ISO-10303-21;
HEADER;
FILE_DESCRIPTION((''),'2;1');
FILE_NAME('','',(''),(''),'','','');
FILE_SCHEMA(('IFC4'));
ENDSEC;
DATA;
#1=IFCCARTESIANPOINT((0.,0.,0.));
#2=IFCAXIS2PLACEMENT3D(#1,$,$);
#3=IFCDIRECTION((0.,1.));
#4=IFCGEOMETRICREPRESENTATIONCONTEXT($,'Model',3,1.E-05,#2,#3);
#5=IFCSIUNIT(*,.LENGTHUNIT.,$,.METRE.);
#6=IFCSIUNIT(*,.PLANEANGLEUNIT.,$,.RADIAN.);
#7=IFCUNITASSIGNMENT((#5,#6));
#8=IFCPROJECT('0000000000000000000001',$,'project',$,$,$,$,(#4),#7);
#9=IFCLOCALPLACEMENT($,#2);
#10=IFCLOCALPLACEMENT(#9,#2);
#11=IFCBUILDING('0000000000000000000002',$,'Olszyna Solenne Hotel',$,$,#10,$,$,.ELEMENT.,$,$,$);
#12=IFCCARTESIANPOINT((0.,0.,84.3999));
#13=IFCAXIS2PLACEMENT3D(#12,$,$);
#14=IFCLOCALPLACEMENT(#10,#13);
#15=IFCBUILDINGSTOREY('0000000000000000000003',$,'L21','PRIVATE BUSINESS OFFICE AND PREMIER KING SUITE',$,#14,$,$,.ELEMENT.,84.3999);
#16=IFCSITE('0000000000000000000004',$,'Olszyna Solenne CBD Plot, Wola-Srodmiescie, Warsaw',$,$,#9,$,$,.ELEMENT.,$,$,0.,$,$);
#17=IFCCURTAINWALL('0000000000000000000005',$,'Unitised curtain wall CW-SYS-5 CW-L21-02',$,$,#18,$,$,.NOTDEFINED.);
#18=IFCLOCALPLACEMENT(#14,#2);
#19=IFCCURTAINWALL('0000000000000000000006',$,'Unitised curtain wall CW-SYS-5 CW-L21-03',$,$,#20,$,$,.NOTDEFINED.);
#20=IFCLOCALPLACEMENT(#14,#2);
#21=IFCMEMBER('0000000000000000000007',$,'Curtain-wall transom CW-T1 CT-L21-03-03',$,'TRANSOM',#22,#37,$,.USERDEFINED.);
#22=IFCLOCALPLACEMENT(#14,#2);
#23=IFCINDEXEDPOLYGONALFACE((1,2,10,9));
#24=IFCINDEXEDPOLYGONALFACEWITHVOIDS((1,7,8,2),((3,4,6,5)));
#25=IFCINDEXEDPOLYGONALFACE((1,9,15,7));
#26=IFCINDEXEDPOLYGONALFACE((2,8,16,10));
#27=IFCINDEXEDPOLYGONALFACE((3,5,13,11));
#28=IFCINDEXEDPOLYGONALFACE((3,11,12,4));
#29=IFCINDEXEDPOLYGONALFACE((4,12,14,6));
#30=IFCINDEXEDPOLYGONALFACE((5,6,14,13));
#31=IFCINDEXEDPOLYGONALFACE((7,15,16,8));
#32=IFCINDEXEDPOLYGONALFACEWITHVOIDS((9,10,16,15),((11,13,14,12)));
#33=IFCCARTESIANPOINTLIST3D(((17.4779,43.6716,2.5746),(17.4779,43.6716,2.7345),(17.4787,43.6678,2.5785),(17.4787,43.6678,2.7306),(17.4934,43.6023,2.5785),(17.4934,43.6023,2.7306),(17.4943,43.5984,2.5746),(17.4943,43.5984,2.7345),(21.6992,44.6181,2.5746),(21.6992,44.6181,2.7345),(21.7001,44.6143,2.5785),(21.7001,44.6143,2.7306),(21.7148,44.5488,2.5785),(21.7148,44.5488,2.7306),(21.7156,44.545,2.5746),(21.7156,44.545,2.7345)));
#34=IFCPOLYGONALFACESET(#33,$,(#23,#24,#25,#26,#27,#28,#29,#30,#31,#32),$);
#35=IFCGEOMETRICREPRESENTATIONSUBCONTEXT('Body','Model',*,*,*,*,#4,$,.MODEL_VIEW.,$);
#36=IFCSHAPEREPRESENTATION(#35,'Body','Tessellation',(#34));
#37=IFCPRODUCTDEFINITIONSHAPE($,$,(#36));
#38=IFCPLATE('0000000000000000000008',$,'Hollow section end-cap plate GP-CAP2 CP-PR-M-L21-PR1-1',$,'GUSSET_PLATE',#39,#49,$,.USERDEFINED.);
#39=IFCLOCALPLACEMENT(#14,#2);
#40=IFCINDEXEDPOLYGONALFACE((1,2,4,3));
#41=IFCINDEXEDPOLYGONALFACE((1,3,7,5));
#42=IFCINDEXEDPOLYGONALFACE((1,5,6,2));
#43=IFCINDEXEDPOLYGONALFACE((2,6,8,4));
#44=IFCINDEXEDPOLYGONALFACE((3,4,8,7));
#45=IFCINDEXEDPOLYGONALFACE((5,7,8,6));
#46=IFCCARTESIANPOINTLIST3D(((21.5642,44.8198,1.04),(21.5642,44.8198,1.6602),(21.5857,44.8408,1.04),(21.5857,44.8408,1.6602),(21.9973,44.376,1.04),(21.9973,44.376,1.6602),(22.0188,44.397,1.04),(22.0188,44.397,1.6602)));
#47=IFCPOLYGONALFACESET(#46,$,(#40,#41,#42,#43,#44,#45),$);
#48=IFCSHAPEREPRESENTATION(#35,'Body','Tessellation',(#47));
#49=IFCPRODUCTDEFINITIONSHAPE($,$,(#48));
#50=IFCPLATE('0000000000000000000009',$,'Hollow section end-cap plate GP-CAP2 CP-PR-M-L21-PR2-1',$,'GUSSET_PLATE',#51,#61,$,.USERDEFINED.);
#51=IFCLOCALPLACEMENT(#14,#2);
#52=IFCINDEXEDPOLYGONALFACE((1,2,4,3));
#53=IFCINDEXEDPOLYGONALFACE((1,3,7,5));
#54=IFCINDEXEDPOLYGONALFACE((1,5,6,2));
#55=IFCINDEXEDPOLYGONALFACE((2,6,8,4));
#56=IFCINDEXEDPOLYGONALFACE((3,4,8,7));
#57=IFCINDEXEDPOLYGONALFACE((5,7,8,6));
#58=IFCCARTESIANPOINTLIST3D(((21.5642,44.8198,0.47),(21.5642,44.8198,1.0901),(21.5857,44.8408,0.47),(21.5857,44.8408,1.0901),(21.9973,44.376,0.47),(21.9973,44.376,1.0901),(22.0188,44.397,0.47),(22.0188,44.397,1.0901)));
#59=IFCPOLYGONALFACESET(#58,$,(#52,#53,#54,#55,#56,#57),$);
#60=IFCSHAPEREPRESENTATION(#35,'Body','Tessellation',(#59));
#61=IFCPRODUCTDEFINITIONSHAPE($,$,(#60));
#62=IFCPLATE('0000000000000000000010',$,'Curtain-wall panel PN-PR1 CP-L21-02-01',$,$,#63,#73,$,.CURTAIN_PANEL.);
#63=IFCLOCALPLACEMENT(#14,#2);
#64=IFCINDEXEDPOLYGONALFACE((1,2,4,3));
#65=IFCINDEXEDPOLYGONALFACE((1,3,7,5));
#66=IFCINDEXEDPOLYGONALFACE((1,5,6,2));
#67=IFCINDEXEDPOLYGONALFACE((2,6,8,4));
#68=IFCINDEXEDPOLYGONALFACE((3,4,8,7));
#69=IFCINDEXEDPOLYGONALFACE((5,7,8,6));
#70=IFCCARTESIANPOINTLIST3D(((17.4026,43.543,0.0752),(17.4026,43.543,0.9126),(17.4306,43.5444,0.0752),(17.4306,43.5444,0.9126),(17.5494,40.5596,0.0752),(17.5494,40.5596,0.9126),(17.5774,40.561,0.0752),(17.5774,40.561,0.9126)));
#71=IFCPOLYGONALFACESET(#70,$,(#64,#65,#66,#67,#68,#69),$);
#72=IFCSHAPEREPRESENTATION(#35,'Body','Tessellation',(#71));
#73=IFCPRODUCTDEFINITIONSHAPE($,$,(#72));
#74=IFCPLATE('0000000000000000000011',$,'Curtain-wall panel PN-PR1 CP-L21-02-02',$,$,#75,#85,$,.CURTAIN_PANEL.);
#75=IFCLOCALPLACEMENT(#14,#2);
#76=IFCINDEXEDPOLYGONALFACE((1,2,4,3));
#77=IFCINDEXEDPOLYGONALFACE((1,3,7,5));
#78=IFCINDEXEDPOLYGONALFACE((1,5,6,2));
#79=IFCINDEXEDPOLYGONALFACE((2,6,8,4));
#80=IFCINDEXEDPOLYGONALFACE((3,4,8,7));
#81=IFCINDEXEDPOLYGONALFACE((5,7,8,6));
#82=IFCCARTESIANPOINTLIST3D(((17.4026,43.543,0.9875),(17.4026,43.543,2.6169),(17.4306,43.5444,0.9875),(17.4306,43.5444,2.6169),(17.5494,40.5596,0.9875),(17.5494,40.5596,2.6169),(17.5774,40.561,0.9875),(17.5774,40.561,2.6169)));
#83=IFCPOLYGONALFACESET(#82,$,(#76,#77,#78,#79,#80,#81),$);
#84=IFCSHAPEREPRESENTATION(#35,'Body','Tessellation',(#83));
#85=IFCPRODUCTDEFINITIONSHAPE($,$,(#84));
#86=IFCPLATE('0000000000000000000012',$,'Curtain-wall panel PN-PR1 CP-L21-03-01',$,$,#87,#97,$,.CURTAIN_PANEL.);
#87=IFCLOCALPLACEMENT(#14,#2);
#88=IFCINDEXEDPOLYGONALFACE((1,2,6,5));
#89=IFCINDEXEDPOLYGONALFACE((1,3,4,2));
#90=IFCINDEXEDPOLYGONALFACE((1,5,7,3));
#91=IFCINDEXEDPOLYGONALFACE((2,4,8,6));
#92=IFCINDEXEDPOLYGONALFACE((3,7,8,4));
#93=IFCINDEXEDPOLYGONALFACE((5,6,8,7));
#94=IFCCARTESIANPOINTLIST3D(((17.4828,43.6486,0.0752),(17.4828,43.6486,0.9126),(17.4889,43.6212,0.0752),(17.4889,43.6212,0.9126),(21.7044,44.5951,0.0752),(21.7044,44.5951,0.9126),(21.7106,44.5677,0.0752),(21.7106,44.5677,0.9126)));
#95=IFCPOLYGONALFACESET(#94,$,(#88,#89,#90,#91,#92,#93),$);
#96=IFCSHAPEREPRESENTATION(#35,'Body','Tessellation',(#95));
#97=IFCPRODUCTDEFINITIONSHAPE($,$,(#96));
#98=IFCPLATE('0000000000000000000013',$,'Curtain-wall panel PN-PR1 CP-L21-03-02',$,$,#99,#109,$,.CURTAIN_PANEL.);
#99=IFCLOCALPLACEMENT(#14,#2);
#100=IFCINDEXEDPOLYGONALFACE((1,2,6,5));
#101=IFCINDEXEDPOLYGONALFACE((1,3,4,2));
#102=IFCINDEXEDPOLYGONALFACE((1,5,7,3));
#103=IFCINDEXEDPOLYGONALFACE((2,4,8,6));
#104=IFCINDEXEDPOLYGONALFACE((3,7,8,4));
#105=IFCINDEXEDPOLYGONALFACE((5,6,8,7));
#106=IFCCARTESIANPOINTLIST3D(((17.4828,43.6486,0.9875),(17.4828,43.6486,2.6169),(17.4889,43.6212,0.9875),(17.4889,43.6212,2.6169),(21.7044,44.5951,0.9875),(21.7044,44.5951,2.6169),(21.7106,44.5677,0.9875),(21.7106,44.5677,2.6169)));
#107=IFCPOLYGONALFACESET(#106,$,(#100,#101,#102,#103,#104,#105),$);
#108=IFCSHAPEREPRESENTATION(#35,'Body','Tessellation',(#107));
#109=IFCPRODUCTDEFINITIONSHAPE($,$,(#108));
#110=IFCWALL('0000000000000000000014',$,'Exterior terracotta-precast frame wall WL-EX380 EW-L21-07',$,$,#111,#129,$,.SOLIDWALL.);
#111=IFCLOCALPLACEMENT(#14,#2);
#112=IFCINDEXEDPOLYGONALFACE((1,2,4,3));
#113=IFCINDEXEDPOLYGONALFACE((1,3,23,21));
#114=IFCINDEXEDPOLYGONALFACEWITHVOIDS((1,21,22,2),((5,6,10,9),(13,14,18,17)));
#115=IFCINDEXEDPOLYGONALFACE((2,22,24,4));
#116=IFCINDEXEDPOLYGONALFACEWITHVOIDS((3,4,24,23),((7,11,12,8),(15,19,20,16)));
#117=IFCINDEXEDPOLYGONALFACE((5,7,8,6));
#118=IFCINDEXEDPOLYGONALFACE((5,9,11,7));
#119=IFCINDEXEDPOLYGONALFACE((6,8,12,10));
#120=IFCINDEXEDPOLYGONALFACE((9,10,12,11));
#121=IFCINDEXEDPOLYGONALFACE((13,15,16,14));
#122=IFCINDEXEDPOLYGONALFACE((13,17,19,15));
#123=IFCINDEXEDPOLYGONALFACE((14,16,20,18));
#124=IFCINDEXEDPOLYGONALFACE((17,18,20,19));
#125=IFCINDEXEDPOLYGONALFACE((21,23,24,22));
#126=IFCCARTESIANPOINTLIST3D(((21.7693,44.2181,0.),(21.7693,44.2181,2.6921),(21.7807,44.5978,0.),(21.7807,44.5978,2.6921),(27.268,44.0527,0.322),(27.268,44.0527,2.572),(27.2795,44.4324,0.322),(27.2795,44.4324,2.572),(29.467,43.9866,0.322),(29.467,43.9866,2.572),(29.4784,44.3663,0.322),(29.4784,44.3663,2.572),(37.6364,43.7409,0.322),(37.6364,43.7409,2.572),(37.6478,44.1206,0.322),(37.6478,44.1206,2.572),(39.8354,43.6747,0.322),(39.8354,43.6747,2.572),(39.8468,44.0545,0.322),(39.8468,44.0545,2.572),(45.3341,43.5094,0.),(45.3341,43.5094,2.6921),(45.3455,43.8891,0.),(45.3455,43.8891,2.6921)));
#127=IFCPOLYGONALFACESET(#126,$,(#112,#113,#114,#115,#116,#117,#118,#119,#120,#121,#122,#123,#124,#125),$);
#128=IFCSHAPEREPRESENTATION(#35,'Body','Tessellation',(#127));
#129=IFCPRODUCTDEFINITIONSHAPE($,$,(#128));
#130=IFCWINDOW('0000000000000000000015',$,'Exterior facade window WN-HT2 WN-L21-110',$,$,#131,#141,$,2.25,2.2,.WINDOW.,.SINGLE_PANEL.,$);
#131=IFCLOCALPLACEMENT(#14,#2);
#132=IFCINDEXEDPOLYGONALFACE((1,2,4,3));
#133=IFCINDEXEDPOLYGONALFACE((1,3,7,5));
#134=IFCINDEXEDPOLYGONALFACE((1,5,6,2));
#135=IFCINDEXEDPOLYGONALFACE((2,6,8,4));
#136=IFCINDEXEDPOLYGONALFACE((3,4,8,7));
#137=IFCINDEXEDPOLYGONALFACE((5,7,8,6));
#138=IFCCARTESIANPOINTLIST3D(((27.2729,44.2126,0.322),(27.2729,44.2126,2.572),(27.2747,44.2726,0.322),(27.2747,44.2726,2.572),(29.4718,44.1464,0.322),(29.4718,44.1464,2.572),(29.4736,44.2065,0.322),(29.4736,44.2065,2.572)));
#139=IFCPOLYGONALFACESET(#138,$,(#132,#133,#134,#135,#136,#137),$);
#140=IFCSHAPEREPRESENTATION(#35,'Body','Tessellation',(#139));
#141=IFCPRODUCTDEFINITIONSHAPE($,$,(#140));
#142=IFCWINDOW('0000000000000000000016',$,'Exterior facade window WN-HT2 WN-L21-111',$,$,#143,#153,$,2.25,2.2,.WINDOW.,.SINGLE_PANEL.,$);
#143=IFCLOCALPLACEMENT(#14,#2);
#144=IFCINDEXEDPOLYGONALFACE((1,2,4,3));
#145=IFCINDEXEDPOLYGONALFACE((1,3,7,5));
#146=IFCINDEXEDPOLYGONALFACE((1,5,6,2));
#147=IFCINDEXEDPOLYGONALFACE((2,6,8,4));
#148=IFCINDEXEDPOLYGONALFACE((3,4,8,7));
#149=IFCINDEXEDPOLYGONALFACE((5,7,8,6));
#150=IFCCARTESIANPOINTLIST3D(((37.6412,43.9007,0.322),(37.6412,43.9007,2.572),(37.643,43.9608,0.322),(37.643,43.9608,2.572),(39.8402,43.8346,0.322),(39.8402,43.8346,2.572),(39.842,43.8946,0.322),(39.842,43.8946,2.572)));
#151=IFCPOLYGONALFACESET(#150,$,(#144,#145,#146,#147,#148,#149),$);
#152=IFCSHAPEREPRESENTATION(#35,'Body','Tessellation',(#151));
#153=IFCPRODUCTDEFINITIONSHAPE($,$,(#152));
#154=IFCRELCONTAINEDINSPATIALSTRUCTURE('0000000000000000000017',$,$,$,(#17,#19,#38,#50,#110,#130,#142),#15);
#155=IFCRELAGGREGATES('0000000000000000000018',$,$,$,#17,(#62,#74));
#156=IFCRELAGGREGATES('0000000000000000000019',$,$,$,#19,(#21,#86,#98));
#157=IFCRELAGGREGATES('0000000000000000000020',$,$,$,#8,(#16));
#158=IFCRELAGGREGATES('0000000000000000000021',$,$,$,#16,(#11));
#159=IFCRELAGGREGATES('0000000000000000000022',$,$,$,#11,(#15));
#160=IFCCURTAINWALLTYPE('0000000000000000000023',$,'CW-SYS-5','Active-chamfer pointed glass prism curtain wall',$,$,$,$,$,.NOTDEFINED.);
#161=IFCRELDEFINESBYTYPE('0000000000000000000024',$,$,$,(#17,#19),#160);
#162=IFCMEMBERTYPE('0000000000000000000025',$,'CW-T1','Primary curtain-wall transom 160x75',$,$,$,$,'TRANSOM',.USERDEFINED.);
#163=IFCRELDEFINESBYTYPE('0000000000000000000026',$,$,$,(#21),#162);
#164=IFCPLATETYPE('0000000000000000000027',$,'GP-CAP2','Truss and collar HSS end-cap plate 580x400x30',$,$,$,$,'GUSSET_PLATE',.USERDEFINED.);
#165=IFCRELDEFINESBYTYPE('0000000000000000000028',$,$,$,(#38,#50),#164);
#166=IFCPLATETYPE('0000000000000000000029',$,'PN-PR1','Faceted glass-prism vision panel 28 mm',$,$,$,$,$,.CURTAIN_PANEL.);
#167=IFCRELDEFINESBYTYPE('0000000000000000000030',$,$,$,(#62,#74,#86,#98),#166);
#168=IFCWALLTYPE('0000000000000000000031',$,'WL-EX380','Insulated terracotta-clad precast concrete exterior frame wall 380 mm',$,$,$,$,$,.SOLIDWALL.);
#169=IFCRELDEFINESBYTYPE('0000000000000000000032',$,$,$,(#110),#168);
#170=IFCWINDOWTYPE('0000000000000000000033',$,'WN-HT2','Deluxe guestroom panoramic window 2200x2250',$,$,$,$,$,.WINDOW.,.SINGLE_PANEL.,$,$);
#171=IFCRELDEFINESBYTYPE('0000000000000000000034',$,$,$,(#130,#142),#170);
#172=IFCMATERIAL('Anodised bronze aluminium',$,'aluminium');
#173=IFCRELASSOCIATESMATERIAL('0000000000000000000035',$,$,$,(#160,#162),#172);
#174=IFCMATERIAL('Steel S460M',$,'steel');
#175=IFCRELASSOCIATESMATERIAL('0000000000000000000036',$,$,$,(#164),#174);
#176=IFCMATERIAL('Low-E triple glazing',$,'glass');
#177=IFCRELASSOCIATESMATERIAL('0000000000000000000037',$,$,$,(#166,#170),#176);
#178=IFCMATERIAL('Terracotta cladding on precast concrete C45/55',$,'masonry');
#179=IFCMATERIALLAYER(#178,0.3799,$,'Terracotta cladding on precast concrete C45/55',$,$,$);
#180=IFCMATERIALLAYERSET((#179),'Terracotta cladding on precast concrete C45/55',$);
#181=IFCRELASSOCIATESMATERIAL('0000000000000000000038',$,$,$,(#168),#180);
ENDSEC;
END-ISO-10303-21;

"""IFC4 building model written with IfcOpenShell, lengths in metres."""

from ifc_helpers import new_model, si_unit, direction, frame, frame_2d, origin, origin_2d, place, context, subcontext, project, spatial, rectangle, hollow_rectangle, extrude, source, transform, mapped, material, layer, layer_set, material_profile, profile_set, type_object, type_shapes, element, fill, aggregate, save


model = new_model("IFC4")

# Units and contexts
model_context = context("Model", 3, precision=1e-05, world=origin(), true_north=direction((0.0, 1.0)))
body_context = subcontext(model_context, "Body", "Model", "MODEL_VIEW")
ifc_project = project(units=[si_unit("LENGTHUNIT", "METRE"), si_unit("PLANEANGLEUNIT", "RADIAN")], contexts=[model_context])

# Site, building, storey
site_placement = place(None, origin())
site = spatial("IfcSite", under=ifc_project, at=site_placement, Name="Olszyna Solenne CBD Plot, Wola-Srodmiescie, Warsaw", CompositionType="ELEMENT", RefElevation=0.0)
building_placement = place(site_placement, origin())
building = spatial("IfcBuilding", under=site, at=building_placement, Name="Olszyna Solenne Hotel", CompositionType="ELEMENT")
storey_placement = place(building_placement, frame((0.0, 0.0, 84.3999)))
storey = spatial("IfcBuildingStorey", under=building, at=storey_placement, Name="L21", Description="PRIVATE BUSINESS OFFICE AND PREMIER KING SUITE", CompositionType="ELEMENT", Elevation=84.3999)

# Shared definitions
ifc_material_1 = material(Name="Steel S460M", Category="steel")

# Curtain walls
ifc_material_2 = material(Name="Anodised bronze aluminium", Category="aluminium")
curtain_wall_type = type_object("IfcCurtainWallType", Name="CW-SYS-5", Description="Active-chamfer pointed glass prism curtain wall", PredefinedType="NOTDEFINED", material=ifc_material_2)
curtain_wall_1_placement = place(storey_placement, origin())
curtain_wall_1 = element("IfcCurtainWall", 1, at=curtain_wall_1_placement, inside=storey, type_object=curtain_wall_type, Name="Unitised curtain wall CW-SYS-5 CW-L21-02", PredefinedType="NOTDEFINED")
curtain_wall_2_placement = place(storey_placement, origin())
curtain_wall_2 = element("IfcCurtainWall", 2, at=curtain_wall_2_placement, inside=storey, type_object=curtain_wall_type, Name="Unitised curtain wall CW-SYS-5 CW-L21-03", PredefinedType="NOTDEFINED")

# Member
ifc_material_profile_1 = material_profile(ifc_material_2, hollow_rectangle(XDim=0.075, YDim=0.1599, WallThickness=0.0039, at=origin_2d()), Name="TRAN 160x75x4", Category="load-bearing")
ifc_profile_set_1 = profile_set([ifc_material_profile_1], Name="Anodised bronze aluminium")
member_type_1 = type_object("IfcMemberType", Name="CW-T1", Description="Primary curtain-wall transom 160x75", ElementType="TRANSOM", PredefinedType="USERDEFINED", material=ifc_profile_set_1)
shared_shape_1 = source(origin(), body_context, "Body", "SweptSolid", [
    extrude(hollow_rectangle(XDim=0.075, YDim=0.1599, WallThickness=0.0039, at=origin_2d()), origin(), (0.0, 0.0, 1.0), 4.3262),
])
member_1_placement = place(storey_placement, frame((17.4861, 43.635, 2.6545), z_axis=(0.975772, 0.218788, 0.0), x_axis=(-0.218788, 0.975772, 0.0)))
member_1 = element("IfcMember", 3, at=member_1_placement, type_object=member_type_1, Name="Curtain-wall transom CW-T1 CT-L21-03-03", ObjectType="TRANSOM", PredefinedType="USERDEFINED", context=body_context, shape_type="MappedRepresentation", body=[
    mapped(shared_shape_1, transform((0.0, 0.0, 0.0), x_axis=(1.0, 0.0, 0.0), y_axis=(0.0, 1.0, 0.0), z_axis=(0.0, 0.0, 1.0), scale=1.0)),
])

# Plates
plate_type_1 = type_object("IfcPlateType", Name="GP-CAP2", Description="Truss and collar HSS end-cap plate 580x400x30", ElementType="GUSSET_PLATE", PredefinedType="USERDEFINED", material=ifc_material_1)
shared_shape_2 = source(origin(), body_context, "Body", "SweptSolid", [
    extrude(rectangle(XDim=0.03, YDim=0.6201, at=origin_2d()), origin(), (0.0, 0.0, 1.0), 0.6201),
])
for number, where, z_axis, x_axis, name in (
    (4, (21.7915, 44.6084, 1.04), (0.0, 0.0, 1.0), (-0.715693, -0.698415, 0.0), "Hollow section end-cap plate GP-CAP2 CP-PR-M-L21-PR1-1"),
    (5, (21.7915, 44.6084, 0.47), (0.0, 0.0, 1.0), (-0.715693, -0.698415, 0.0), "Hollow section end-cap plate GP-CAP2 CP-PR-M-L21-PR2-1"),
):
    element("IfcPlate", number, at=place(storey_placement, frame(where, z_axis=z_axis, x_axis=x_axis)), inside=storey, type_object=plate_type_1, Name=name, ObjectType="GUSSET_PLATE", PredefinedType="USERDEFINED", context=body_context, shape_type="MappedRepresentation", body=[
        mapped(shared_shape_2, transform((0.0, 0.0, 0.0), x_axis=(1.0, 0.0, 0.0), y_axis=(0.0, 1.0, 0.0), z_axis=(0.0, 0.0, 1.0), scale=1.0)),
    ])

# Plates
ifc_material_3 = material(Name="Low-E triple glazing", Category="glass")
plate_type_2 = type_object("IfcPlateType", Name="PN-PR1", Description="Faceted glass-prism vision panel 28 mm", PredefinedType="CURTAIN_PANEL", material=ifc_material_3)
shared_shape_3 = source(origin(), body_context, "Body", "SweptSolid", [
    extrude(rectangle(XDim=2.9871, YDim=0.0281, at=origin_2d()), origin(), (0.0, 0.0, 1.0), 0.8374),
])
plate_1_placement = place(storey_placement, frame((17.49, 42.052, 0.0752), z_axis=(0.0, 0.0, 1.0), x_axis=(0.049155, -0.998791, 0.0)))
plate_1 = element("IfcPlate", 6, at=plate_1_placement, type_object=plate_type_2, Name="Curtain-wall panel PN-PR1 CP-L21-02-01", PredefinedType="CURTAIN_PANEL", context=body_context, shape_type="MappedRepresentation", body=[
    mapped(shared_shape_3, transform((0.0, 0.0, 0.0), x_axis=(1.0, 0.0, 0.0), y_axis=(0.0, 1.0, 0.0), z_axis=(0.0, 0.0, 1.0), scale=1.0)),
])
shared_shape_4 = source(origin(), body_context, "Body", "SweptSolid", [
    extrude(rectangle(XDim=2.9871, YDim=0.0281, at=origin_2d()), origin(), (0.0, 0.0, 1.0), 1.6294),
])
plate_2_placement = place(storey_placement, frame((17.49, 42.052, 0.9875), z_axis=(0.0, 0.0, 1.0), x_axis=(0.049155, -0.998791, 0.0)))
plate_2 = element("IfcPlate", 7, at=plate_2_placement, type_object=plate_type_2, Name="Curtain-wall panel PN-PR1 CP-L21-02-02", PredefinedType="CURTAIN_PANEL", context=body_context, shape_type="MappedRepresentation", body=[
    mapped(shared_shape_4, transform((0.0, 0.0, 0.0), x_axis=(1.0, 0.0, 0.0), y_axis=(0.0, 1.0, 0.0), z_axis=(0.0, 0.0, 1.0), scale=1.0)),
])
aggregate(curtain_wall_1, [plate_1, plate_2])
shared_shape_5 = source(origin(), body_context, "Body", "SweptSolid", [
    extrude(rectangle(XDim=4.3264, YDim=0.0281, at=origin_2d()), origin(), (0.0, 0.0, 1.0), 0.8374),
])
plate_3_placement = place(storey_placement, frame((19.5967, 44.1082, 0.0752), z_axis=(0.0, 0.0, 1.0), x_axis=(0.975777, 0.218768, 0.0)))
plate_3 = element("IfcPlate", 8, at=plate_3_placement, type_object=plate_type_2, Name="Curtain-wall panel PN-PR1 CP-L21-03-01", PredefinedType="CURTAIN_PANEL", context=body_context, shape_type="MappedRepresentation", body=[
    mapped(shared_shape_5, transform((0.0, 0.0, 0.0), x_axis=(1.0, 0.0, 0.0), y_axis=(0.0, 1.0, 0.0), z_axis=(0.0, 0.0, 1.0), scale=1.0)),
])
shared_shape_6 = source(origin(), body_context, "Body", "SweptSolid", [
    extrude(rectangle(XDim=4.3264, YDim=0.0281, at=origin_2d()), origin(), (0.0, 0.0, 1.0), 1.6294),
])
plate_4_placement = place(storey_placement, frame((19.5967, 44.1082, 0.9875), z_axis=(0.0, 0.0, 1.0), x_axis=(0.975777, 0.218768, 0.0)))
plate_4 = element("IfcPlate", 9, at=plate_4_placement, type_object=plate_type_2, Name="Curtain-wall panel PN-PR1 CP-L21-03-02", PredefinedType="CURTAIN_PANEL", context=body_context, shape_type="MappedRepresentation", body=[
    mapped(shared_shape_6, transform((0.0, 0.0, 0.0), x_axis=(1.0, 0.0, 0.0), y_axis=(0.0, 1.0, 0.0), z_axis=(0.0, 0.0, 1.0), scale=1.0)),
])
aggregate(curtain_wall_2, [member_1, plate_3, plate_4])

# Wall, openings, windows
ifc_material_4 = material(Name="Terracotta cladding on precast concrete C45/55", Category="masonry")
ifc_layer = layer(ifc_material_4, 0.3799, Name="Terracotta cladding on precast concrete C45/55")
ifc_layer_set = layer_set([ifc_layer], Name="Terracotta cladding on precast concrete C45/55")
wall_type = type_object("IfcWallType", Name="WL-EX380", Description="Insulated terracotta-clad precast concrete exterior frame wall 380 mm", PredefinedType="SOLIDWALL", material=ifc_layer_set)
wall_placement = place(storey_placement, frame((21.7751, 44.408, 0.0), z_axis=(0.0, 0.0, 1.0), x_axis=(0.999548, -0.030063, 0.0)))
wall = element("IfcWall", 10, at=wall_placement, inside=storey, type_object=wall_type, Name="Exterior terracotta-precast frame wall WL-EX380 EW-L21-07", PredefinedType="SOLIDWALL", context=body_context, shape_type="SweptSolid", body=[
    extrude(rectangle(XDim=23.5754, YDim=0.3799, at=frame_2d((11.7876, 0.0))), origin(), (0.0, 0.0, 1.0), 2.6921),
])
opening_1_placement = place(wall_placement, frame((5.501, 0.0, 0.322)))
opening_1 = element("IfcOpeningElement", 11, at=opening_1_placement, cuts=wall, PredefinedType="OPENING", context=body_context, shape_type="SweptSolid", body=[
    extrude(rectangle(XDim=2.2, YDim=2.25, at=frame_2d((1.1001, 1.125))), frame((0.0, 0.2, 0.0), z_axis=(0.0, -1.0, 0.0), x_axis=(1.0, 0.0, 0.0)), (0.0, 0.0, 1.0), 0.3999),
])
opening_2_placement = place(wall_placement, frame((15.874, 0.0, 0.322)))
opening_2 = element("IfcOpeningElement", 12, at=opening_2_placement, cuts=wall, PredefinedType="OPENING", context=body_context, shape_type="SweptSolid", body=[
    extrude(rectangle(XDim=2.2, YDim=2.25, at=frame_2d((1.1001, 1.125))), frame((0.0, 0.2, 0.0), z_axis=(0.0, -1.0, 0.0), x_axis=(1.0, 0.0, 0.0)), (0.0, 0.0, 1.0), 0.3999),
])
window_type = type_object("IfcWindowType", Name="WN-HT2", Description="Deluxe guestroom panoramic window 2200x2250", PartitioningType="SINGLE_PANEL", PredefinedType="WINDOW", material=ifc_material_3)
shared_shape_7 = source(origin(), body_context, "Body", "SweptSolid", [
    extrude(rectangle(XDim=2.2, YDim=2.25, at=frame_2d((1.1001, 1.125))), frame((0.0, 0.03, 0.0), z_axis=(0.0, -1.0, 0.0), x_axis=(1.0, 0.0, 0.0)), (0.0, 0.0, 1.0), 0.0601),
])
type_shapes(window_type, [shared_shape_7])
window_1_placement = place(opening_1_placement, origin())
window_1 = element("IfcWindow", 13, at=window_1_placement, inside=storey, type_object=window_type, Name="Exterior facade window WN-HT2 WN-L21-110", OverallHeight=2.25, OverallWidth=2.2, PartitioningType="SINGLE_PANEL", PredefinedType="WINDOW", context=body_context, shape_type="MappedRepresentation", body=[
    mapped(shared_shape_7, transform((0.0, 0.0, 0.0), x_axis=(1.0, 0.0, 0.0), y_axis=(0.0, 1.0, 0.0), z_axis=(0.0, 0.0, 1.0), scale=1.0)),
])
fill(opening_1, window_1)
window_2_placement = place(opening_2_placement, origin())
window_2 = element("IfcWindow", 14, at=window_2_placement, inside=storey, type_object=window_type, Name="Exterior facade window WN-HT2 WN-L21-111", OverallHeight=2.25, OverallWidth=2.2, PartitioningType="SINGLE_PANEL", PredefinedType="WINDOW", context=body_context, shape_type="MappedRepresentation", body=[
    mapped(shared_shape_7, transform((0.0, 0.0, 0.0), x_axis=(1.0, 0.0, 0.0), y_axis=(0.0, 1.0, 0.0), z_axis=(0.0, 0.0, 1.0), scale=1.0)),
])
fill(opening_2, window_2)

save(model, "model.ifc")
